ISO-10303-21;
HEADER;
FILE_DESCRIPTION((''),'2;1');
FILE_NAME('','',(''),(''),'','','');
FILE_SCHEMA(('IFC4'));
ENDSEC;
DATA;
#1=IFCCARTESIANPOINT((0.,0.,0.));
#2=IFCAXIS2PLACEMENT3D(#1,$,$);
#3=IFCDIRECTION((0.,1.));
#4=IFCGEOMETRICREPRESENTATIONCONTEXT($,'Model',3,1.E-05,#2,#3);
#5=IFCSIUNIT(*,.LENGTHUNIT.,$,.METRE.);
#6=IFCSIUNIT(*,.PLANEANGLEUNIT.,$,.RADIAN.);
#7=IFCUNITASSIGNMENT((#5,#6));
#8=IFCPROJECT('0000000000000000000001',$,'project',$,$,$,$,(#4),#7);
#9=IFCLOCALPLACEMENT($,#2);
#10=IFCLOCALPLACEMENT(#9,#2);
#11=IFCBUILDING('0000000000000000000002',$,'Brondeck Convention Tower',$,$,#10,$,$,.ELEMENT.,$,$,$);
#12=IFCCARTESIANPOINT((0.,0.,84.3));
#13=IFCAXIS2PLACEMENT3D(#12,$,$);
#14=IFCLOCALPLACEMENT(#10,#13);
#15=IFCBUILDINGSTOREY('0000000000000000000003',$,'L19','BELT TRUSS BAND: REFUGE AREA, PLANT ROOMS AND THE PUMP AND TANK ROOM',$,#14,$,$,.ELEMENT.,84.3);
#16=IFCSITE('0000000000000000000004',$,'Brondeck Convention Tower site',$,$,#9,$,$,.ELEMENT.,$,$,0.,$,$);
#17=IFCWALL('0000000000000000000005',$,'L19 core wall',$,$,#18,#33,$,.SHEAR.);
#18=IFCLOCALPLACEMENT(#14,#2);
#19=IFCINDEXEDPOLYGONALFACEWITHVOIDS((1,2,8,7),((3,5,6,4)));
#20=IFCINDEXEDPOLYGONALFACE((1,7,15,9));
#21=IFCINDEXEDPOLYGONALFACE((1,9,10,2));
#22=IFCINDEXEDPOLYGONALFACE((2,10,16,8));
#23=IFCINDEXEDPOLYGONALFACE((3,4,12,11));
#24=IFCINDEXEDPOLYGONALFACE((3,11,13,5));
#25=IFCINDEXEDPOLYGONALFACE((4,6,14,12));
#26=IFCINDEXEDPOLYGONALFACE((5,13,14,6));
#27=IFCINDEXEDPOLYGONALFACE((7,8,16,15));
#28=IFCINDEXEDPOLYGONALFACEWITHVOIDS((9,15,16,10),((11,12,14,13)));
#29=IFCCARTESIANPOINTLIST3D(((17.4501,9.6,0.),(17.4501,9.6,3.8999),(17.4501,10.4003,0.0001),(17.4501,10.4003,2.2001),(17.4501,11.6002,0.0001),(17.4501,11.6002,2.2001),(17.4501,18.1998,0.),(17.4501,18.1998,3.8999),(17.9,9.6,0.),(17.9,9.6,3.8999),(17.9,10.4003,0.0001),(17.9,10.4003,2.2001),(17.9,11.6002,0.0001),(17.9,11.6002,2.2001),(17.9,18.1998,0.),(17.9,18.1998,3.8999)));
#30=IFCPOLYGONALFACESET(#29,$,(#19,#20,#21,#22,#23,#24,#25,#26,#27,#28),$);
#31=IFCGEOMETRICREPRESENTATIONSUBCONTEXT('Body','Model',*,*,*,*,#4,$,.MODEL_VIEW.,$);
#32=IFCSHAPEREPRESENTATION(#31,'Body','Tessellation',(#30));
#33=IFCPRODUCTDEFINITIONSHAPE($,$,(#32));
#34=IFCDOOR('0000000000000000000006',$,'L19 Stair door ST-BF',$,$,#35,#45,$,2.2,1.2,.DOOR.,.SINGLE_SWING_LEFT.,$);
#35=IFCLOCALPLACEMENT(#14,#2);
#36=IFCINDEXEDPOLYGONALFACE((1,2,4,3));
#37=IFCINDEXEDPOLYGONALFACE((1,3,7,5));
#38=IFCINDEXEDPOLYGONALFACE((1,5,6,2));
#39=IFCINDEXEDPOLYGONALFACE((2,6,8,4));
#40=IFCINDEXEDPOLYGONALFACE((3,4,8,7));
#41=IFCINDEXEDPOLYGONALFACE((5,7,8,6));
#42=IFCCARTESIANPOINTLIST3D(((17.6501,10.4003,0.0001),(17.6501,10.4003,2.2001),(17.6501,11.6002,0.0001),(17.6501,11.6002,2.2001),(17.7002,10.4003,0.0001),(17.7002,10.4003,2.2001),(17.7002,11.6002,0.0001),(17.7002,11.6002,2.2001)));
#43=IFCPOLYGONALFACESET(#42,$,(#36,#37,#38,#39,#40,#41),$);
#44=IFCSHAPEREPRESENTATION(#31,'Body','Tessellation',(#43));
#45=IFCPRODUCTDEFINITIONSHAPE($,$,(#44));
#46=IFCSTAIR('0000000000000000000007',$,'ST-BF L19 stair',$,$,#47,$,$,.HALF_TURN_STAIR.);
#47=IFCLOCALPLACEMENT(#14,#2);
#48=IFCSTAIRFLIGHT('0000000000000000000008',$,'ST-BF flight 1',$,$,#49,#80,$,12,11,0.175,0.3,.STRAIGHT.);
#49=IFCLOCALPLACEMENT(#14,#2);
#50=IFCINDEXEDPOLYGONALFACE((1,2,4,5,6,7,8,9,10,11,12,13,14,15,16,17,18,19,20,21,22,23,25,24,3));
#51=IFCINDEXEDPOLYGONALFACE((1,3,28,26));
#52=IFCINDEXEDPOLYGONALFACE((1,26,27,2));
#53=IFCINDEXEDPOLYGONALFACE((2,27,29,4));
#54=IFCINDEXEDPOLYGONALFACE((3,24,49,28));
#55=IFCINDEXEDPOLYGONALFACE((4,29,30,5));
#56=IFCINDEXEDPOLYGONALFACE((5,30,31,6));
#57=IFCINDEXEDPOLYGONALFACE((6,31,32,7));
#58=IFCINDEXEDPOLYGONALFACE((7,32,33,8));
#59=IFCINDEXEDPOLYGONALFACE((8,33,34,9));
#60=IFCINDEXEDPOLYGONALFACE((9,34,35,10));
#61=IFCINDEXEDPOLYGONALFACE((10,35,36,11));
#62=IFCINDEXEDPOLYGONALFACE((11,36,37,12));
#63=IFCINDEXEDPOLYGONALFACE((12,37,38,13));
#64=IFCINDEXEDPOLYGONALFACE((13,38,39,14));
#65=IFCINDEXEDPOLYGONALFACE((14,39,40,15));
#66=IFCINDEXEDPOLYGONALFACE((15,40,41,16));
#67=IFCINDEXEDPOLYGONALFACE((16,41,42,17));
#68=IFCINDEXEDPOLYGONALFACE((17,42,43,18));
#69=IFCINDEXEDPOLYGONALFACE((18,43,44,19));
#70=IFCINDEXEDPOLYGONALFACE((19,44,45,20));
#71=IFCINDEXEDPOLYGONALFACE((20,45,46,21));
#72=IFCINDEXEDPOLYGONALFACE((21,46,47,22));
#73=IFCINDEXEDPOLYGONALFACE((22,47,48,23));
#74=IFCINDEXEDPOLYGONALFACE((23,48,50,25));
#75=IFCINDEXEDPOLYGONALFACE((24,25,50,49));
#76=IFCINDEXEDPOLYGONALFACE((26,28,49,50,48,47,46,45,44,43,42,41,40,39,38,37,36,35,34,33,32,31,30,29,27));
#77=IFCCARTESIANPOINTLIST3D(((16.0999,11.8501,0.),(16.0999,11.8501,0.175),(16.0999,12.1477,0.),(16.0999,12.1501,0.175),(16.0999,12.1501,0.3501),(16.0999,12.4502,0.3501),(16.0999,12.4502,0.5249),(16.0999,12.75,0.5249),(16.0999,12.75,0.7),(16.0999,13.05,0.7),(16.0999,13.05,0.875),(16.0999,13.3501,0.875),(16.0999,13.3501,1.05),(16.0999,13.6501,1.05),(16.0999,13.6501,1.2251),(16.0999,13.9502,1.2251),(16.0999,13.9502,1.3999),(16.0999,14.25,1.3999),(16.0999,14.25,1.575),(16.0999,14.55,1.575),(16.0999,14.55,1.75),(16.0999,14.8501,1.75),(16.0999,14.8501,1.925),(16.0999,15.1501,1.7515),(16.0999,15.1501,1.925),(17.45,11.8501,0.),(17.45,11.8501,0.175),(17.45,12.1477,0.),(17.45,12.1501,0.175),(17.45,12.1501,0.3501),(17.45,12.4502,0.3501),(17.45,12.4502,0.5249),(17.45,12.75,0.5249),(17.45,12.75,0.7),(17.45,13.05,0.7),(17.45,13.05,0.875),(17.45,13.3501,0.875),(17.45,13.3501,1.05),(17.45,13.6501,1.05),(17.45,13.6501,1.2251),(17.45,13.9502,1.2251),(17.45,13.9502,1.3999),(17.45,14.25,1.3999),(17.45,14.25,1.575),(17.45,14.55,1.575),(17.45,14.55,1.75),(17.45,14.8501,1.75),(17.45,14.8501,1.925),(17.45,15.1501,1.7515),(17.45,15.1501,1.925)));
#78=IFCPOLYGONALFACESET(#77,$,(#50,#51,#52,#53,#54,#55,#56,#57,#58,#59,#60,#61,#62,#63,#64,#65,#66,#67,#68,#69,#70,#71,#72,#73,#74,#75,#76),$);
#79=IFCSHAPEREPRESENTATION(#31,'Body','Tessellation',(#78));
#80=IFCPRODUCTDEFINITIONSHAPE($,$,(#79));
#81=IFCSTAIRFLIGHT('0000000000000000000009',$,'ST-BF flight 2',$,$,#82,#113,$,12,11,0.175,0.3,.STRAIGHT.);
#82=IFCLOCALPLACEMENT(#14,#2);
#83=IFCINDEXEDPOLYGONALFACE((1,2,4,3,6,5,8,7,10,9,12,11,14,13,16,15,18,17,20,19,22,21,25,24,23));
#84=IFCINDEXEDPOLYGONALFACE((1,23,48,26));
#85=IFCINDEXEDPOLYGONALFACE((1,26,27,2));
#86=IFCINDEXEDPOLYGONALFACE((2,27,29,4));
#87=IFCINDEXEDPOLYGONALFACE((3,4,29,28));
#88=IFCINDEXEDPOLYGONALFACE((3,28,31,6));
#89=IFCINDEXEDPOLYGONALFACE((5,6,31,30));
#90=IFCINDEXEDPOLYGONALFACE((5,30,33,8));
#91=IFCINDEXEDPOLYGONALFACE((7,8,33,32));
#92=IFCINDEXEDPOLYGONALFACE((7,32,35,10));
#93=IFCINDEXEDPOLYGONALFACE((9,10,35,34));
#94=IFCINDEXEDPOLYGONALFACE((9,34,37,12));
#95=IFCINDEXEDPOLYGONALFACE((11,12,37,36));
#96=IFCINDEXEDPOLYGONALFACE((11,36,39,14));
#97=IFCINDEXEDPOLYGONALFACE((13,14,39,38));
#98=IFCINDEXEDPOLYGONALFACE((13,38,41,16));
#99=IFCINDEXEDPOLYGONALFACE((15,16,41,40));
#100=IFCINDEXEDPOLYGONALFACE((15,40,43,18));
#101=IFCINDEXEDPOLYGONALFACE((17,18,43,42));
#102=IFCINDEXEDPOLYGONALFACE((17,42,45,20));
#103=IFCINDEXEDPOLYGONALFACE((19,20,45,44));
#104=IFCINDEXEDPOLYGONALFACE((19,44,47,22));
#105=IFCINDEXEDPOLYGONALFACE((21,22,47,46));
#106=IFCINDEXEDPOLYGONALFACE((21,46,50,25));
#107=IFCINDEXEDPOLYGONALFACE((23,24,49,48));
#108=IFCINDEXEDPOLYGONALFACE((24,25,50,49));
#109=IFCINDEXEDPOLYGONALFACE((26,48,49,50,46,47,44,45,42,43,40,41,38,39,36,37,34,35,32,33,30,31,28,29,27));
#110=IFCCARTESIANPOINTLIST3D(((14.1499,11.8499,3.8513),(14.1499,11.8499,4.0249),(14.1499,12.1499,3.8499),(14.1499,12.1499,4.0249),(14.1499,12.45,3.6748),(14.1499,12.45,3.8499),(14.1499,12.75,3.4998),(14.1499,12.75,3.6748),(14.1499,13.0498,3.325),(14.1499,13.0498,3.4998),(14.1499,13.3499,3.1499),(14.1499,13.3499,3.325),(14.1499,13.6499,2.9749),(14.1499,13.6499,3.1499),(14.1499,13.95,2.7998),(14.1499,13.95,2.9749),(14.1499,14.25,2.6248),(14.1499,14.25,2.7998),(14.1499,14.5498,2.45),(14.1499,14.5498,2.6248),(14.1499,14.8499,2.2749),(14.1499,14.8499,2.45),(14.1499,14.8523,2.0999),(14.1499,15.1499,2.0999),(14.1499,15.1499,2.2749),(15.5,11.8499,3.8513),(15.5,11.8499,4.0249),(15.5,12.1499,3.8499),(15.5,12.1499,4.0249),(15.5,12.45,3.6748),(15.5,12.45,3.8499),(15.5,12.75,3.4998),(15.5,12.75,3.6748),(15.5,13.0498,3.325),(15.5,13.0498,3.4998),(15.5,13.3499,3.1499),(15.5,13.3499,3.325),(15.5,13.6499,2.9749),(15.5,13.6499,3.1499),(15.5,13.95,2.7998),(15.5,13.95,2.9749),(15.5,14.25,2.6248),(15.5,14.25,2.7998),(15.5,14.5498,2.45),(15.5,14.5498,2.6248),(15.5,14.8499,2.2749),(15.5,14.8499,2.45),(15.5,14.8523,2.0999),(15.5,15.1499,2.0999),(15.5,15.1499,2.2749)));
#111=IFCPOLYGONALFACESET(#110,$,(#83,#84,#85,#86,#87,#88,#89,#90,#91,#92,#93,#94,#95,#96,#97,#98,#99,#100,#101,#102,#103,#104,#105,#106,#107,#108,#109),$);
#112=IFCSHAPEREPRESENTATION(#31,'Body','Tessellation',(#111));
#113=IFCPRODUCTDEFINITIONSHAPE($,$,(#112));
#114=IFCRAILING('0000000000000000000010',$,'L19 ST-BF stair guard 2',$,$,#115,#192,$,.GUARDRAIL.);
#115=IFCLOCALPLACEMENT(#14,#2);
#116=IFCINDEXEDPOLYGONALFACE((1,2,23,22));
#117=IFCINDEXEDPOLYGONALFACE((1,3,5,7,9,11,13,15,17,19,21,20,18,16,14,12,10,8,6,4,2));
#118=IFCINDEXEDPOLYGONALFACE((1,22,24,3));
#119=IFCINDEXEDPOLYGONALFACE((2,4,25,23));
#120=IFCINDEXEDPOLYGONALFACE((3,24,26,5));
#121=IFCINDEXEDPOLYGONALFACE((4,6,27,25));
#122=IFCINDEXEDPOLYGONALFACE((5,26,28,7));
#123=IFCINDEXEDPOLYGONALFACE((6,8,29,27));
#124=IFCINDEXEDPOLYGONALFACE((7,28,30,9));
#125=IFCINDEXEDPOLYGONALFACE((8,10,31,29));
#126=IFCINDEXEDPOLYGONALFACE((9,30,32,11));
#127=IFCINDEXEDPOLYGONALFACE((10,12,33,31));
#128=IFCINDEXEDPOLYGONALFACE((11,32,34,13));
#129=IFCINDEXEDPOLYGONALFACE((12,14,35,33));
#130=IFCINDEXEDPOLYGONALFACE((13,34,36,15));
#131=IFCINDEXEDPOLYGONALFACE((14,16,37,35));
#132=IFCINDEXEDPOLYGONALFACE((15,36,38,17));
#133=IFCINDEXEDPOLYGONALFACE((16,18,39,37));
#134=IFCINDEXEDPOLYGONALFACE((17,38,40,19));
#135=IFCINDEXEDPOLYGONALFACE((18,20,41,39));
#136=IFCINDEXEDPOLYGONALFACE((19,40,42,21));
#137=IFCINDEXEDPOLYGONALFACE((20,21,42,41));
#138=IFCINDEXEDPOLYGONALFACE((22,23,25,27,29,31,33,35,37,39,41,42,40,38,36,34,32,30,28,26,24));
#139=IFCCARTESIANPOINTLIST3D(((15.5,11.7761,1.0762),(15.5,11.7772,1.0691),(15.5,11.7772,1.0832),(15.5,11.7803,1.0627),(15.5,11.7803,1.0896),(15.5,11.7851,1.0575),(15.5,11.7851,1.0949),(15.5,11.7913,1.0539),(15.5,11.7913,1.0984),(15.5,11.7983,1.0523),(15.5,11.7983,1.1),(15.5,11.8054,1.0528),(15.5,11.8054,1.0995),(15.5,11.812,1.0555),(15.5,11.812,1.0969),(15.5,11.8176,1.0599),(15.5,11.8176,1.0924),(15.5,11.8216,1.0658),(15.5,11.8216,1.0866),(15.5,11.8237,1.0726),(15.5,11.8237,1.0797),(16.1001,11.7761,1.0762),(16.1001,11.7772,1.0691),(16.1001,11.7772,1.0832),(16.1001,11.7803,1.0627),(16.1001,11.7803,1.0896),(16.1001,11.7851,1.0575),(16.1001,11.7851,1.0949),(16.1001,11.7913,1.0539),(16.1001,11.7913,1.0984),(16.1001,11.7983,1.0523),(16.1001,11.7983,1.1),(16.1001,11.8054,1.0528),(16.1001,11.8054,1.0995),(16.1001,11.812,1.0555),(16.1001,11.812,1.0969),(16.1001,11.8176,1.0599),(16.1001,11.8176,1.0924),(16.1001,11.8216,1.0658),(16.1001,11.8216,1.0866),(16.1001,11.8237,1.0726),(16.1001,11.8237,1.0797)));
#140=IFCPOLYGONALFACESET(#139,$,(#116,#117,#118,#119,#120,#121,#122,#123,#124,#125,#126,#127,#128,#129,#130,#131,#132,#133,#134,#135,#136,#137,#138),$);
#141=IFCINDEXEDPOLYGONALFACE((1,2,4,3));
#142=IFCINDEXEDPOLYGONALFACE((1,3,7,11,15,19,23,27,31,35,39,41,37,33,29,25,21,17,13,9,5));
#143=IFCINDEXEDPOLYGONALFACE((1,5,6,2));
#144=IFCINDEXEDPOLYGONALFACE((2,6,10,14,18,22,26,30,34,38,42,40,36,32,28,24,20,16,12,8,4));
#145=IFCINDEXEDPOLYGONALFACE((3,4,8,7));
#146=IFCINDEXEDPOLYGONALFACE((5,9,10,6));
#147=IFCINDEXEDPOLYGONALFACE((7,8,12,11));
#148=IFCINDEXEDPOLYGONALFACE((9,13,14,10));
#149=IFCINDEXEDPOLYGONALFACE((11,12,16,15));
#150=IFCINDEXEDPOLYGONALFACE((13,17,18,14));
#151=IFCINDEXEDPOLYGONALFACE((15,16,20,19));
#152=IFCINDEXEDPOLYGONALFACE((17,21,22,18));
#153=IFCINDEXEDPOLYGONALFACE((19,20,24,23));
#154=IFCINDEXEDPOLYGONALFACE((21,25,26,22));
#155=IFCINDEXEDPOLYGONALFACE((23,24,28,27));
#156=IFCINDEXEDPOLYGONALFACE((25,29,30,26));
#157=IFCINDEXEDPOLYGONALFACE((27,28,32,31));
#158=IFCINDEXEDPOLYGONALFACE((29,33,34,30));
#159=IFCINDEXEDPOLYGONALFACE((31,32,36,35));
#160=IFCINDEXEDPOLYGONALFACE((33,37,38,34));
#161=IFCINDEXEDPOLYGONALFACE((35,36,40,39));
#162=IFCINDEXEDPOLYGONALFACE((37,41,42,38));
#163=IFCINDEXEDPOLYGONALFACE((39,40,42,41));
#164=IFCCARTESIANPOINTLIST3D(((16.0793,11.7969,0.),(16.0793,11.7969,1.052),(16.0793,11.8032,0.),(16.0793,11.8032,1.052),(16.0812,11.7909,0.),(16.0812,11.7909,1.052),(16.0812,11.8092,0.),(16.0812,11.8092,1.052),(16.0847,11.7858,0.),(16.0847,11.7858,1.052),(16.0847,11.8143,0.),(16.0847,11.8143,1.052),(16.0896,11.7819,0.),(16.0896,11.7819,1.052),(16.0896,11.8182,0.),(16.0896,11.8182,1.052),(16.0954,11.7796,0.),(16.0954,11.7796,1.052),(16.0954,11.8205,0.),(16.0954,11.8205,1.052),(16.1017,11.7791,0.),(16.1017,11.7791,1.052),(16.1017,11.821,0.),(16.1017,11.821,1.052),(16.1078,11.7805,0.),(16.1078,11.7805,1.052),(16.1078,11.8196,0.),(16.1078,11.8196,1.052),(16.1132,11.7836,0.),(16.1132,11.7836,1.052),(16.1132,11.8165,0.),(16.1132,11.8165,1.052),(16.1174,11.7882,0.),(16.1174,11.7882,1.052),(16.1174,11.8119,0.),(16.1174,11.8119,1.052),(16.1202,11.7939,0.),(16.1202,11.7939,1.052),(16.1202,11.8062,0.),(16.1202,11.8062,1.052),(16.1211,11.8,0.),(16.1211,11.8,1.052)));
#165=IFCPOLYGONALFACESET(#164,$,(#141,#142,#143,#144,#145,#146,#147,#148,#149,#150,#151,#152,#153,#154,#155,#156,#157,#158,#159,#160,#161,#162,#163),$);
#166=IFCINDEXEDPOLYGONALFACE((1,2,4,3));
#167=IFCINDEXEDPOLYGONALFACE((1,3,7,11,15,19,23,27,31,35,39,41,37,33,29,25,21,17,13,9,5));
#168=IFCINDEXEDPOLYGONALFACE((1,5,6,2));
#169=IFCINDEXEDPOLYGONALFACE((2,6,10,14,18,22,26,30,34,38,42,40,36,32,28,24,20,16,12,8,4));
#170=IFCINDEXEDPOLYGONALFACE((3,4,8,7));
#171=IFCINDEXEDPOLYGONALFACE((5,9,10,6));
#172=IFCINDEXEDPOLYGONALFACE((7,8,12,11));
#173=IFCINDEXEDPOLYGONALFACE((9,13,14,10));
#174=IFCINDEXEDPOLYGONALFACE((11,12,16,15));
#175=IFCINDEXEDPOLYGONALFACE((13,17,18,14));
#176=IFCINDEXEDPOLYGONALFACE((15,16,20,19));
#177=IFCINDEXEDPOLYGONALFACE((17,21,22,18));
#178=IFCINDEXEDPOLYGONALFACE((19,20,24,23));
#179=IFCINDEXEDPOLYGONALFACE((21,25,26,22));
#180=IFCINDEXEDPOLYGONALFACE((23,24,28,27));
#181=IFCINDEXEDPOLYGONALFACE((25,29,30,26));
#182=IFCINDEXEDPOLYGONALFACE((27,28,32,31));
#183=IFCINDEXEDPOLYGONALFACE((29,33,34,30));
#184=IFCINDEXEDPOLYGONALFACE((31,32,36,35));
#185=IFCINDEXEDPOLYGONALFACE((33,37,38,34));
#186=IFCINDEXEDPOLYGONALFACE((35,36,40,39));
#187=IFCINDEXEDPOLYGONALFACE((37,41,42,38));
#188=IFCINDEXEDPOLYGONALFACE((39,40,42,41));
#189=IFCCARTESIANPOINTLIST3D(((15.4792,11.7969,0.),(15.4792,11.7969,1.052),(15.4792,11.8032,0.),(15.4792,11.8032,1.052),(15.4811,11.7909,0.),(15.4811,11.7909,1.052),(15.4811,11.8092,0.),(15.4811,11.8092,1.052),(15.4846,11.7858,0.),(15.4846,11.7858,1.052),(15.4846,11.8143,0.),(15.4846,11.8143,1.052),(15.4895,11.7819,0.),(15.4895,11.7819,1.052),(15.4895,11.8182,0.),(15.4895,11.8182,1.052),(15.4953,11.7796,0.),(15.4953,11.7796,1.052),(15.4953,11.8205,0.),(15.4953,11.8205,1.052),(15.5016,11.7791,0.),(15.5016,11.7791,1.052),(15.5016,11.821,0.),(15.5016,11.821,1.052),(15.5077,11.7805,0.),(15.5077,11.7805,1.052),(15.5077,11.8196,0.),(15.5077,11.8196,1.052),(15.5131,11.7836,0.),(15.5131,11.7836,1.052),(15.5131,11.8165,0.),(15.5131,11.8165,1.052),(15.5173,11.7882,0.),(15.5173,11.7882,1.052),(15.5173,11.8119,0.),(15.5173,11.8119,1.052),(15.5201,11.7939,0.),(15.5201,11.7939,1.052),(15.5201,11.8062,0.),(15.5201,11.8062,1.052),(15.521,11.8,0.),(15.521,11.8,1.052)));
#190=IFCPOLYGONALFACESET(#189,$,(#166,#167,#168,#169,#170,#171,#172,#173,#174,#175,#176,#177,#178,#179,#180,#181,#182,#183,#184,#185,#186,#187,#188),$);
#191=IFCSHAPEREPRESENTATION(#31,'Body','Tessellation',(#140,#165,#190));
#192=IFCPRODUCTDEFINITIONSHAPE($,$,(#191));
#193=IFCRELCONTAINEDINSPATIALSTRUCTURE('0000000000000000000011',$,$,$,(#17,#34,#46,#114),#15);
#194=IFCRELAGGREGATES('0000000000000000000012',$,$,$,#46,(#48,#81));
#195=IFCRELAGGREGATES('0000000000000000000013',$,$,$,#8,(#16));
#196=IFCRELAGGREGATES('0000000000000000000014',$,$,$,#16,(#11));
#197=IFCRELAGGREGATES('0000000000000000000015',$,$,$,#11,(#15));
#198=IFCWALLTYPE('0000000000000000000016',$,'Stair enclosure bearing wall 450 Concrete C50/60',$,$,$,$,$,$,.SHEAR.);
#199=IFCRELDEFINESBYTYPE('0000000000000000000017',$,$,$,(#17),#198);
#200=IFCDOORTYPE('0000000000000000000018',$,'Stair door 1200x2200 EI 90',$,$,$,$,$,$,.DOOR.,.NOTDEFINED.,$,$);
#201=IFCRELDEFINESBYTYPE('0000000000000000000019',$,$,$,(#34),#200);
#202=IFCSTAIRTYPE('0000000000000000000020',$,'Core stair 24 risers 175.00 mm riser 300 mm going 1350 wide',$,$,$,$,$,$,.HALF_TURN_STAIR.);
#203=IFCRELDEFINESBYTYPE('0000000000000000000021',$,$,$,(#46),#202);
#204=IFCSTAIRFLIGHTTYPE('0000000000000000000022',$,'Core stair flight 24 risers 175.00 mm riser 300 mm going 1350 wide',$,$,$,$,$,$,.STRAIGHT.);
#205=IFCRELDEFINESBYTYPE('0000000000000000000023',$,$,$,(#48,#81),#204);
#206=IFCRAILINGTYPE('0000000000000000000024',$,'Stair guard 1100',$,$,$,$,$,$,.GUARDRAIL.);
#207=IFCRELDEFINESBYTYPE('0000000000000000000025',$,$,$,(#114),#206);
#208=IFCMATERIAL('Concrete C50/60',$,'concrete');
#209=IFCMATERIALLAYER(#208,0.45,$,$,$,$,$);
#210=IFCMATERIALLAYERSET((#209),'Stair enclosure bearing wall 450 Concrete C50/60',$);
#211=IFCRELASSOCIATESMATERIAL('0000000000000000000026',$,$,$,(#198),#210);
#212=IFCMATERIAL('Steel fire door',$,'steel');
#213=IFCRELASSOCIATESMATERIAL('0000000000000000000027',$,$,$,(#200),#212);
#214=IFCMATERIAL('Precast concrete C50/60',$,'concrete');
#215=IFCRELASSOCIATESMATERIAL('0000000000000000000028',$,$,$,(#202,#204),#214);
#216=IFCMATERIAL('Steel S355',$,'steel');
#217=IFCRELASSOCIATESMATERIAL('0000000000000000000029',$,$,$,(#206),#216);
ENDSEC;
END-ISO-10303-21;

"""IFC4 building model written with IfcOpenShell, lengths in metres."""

from ifc_helpers import new_model, si_unit, direction, frame, frame_2d, origin, origin_2d, place, context, subcontext, project, spatial, polyline, rectangle, circle, outline, extrude, material, layer, layer_set, type_object, element, fill, aggregate, save


model = new_model("IFC4")

# Units and contexts
model_context = context("Model", 3, precision=1e-05, world=origin(), true_north=direction((0.0, 1.0)))
body_context = subcontext(model_context, "Body", "Model", "MODEL_VIEW")
ifc_project = project(units=[si_unit("LENGTHUNIT", "METRE"), si_unit("PLANEANGLEUNIT", "RADIAN")], contexts=[model_context])

# Site, building, storey
site_placement = place(None, origin())
site = spatial("IfcSite", under=ifc_project, at=site_placement, Name="Brondeck Convention Tower site", CompositionType="ELEMENT", RefElevation=0.0)
building_placement = place(site_placement, origin())
building = spatial("IfcBuilding", under=site, at=building_placement, Name="Brondeck Convention Tower", CompositionType="ELEMENT")
storey_placement = place(building_placement, frame((0.0, 0.0, 84.3)))
storey = spatial("IfcBuildingStorey", under=building, at=storey_placement, Name="L19", Description="BELT TRUSS BAND: REFUGE AREA, PLANT ROOMS AND THE PUMP AND TANK ROOM", CompositionType="ELEMENT", Elevation=84.3)

# Shared definitions
ifc_material_1 = material(Name="Steel S355", Category="steel")

# Shared definitions
ifc_material_2 = material(Name="Concrete C50/60", Category="concrete")
ifc_layer_1 = layer(ifc_material_2, 0.45)
ifc_layer_set_1 = layer_set([ifc_layer_1], Name="Stair enclosure bearing wall 450 Concrete C50/60")
wall_type_1 = type_object("IfcWallType", Name="Stair enclosure bearing wall 450 Concrete C50/60", PredefinedType="SHEAR", material=ifc_layer_set_1)

# Wall, opening, door
ifc_material_3 = material(Name="Steel fire door", Category="steel")
door_type = type_object("IfcDoorType", Name="Stair door 1200x2200 EI 90", OperationType="NOTDEFINED", PredefinedType="DOOR", material=ifc_material_3)
wall_1_placement = place(storey_placement, frame((17.675, 9.6001, 0.0), z_axis=(0.0, 0.0, 1.0), x_axis=(0.0, 1.0, 0.0)))
wall_1 = element("IfcWall", 1, at=wall_1_placement, inside=storey, type_object=wall_type_1, Name="L19 core wall", PredefinedType="SHEAR", context=body_context, shape_type="SweptSolid", body=[
    extrude(rectangle(XDim=8.5999, YDim=0.45, at=frame_2d((4.2998, 0.0))), origin(), (0.0, 0.0, 1.0), 3.8999),
])
opening_1_placement = place(wall_1_placement, frame((0.8, 0.0, 0.0)))
opening_1 = element("IfcOpeningElement", 2, at=opening_1_placement, cuts=wall_1, PredefinedType="OPENING", context=body_context, shape_type="SweptSolid", body=[
    extrude(rectangle(XDim=1.2, YDim=2.2, at=frame_2d((0.6001, 1.1001))), frame((0.0, 0.2349, 0.0), z_axis=(0.0, -1.0, 0.0), x_axis=(1.0, 0.0, 0.0)), (0.0, 0.0, 1.0), 0.47),
])
door_1_placement = place(opening_1_placement, origin())
door_1 = element("IfcDoor", 3, at=door_1_placement, inside=storey, type_object=door_type, Name="L19 Stair door ST-BF", OperationType="SINGLE_SWING_LEFT", OverallHeight=2.2, OverallWidth=1.2, PredefinedType="DOOR", context=body_context, shape_type="SweptSolid", body=[
    extrude(rectangle(XDim=1.2, YDim=2.2, at=frame_2d((0.6001, 1.1001))), frame((0.0, 0.0249, 0.0), z_axis=(0.0, -1.0, 0.0), x_axis=(1.0, 0.0, 0.0)), (0.0, 0.0, 1.0), 0.05),
])
fill(opening_1, door_1)

# Stair, stair flights
ifc_material_4 = material(Name="Precast concrete C50/60", Category="concrete")
stair_type = type_object("IfcStairType", Name="Core stair 24 risers 175.00 mm riser 300 mm going 1350 wide", PredefinedType="HALF_TURN_STAIR", material=ifc_material_4)
stair_placement = place(storey_placement, origin())
stair = element("IfcStair", 4, at=stair_placement, inside=storey, type_object=stair_type, Name="ST-BF L19 stair", PredefinedType="HALF_TURN_STAIR")
stair_flight_type = type_object("IfcStairFlightType", Name="Core stair flight 24 risers 175.00 mm riser 300 mm going 1350 wide", PredefinedType="STRAIGHT", material=ifc_material_4)
stair_flight_1_placement = place(storey_placement, frame((16.7749, 11.8501, 0.0), z_axis=(0.0, 0.0, 1.0), x_axis=(0.0, 1.0, 0.0)))
stair_flight_1 = element("IfcStairFlight", 5, at=stair_flight_1_placement, type_object=stair_flight_type, Name="ST-BF flight 1", NumberOfRisers=12, NumberOfTreads=11, PredefinedType="STRAIGHT", RiserHeight=0.175, TreadLength=0.3, context=body_context, shape_type="SweptSolid", body=[
    extrude(outline(polyline([(0.0, 0.0), (0.0, 0.175), (0.3, 0.175), (0.3, 0.3501), (0.6001, 0.3501), (0.6001, 0.5249), (0.8999, 0.5249), (0.8999, 0.7), (1.2, 0.7), (1.2, 0.875), (1.5, 0.875), (1.5, 1.05), (1.8, 1.05), (1.8, 1.2251), (2.1001, 1.2251), (2.1001, 1.3999), (2.3999, 1.3999), (2.3999, 1.575), (2.7, 1.575), (2.7, 1.75), (3.0, 1.75), (3.0, 1.925), (3.3, 1.925), (3.3, 2.1001), (3.3, 1.7515), (0.2976, 0.0), (0.0, 0.0)])), frame((0.0, 0.675, 0.0), z_axis=(0.0, -1.0, 0.0), x_axis=(1.0, 0.0, 0.0)), (0.0, 0.0, 1.0), 1.3501),
])
stair_flight_2_placement = place(storey_placement, frame((14.825, 15.1499, 2.0999), z_axis=(0.0, 0.0, 1.0), x_axis=(0.0, -1.0, 0.0)))
stair_flight_2 = element("IfcStairFlight", 6, at=stair_flight_2_placement, type_object=stair_flight_type, Name="ST-BF flight 2", NumberOfRisers=12, NumberOfTreads=11, PredefinedType="STRAIGHT", RiserHeight=0.175, TreadLength=0.3, context=body_context, shape_type="SweptSolid", body=[
    extrude(outline(polyline([(0.0, 0.0), (0.0, 0.175), (0.3, 0.175), (0.3, 0.3501), (0.6001, 0.3501), (0.6001, 0.5249), (0.8999, 0.5249), (0.8999, 0.7), (1.2, 0.7), (1.2, 0.875), (1.5, 0.875), (1.5, 1.05), (1.8, 1.05), (1.8, 1.2251), (2.1001, 1.2251), (2.1001, 1.3999), (2.3999, 1.3999), (2.3999, 1.575), (2.7, 1.575), (2.7, 1.75), (3.0, 1.75), (3.0, 1.925), (3.3, 1.925), (3.3, 2.1001), (3.3, 1.7515), (0.2976, 0.0), (0.0, 0.0)])), frame((0.0, 0.675, 0.0), z_axis=(0.0, -1.0, 0.0), x_axis=(1.0, 0.0, 0.0)), (0.0, 0.0, 1.0), 1.3501),
])
aggregate(stair, [stair_flight_1, stair_flight_2])

# Railing
railing_type_1 = type_object("IfcRailingType", Name="Stair guard 1100", PredefinedType="GUARDRAIL", material=ifc_material_1)
railing_1_placement = place(storey_placement, frame((16.1001, 11.8, 0.0)))
element("IfcRailing", 7, at=railing_1_placement, inside=storey, type_object=railing_type_1, Name="L19 ST-BF stair guard 2", PredefinedType="GUARDRAIL", context=body_context, shape_type="SweptSolid", body=[
    extrude(circle(Radius=0.0239, at=origin_2d()), frame((0.0, 0.0, 1.0762), z_axis=(-1.0, 0.0, 0.0), x_axis=(0.0, -1.0, 0.0)), (0.0, 0.0, 1.0), 0.6001),
    extrude(circle(Radius=0.021, at=origin_2d()), origin(), (0.0, 0.0, 1.0), 1.052),
    extrude(circle(Radius=0.021, at=origin_2d()), frame((-0.6001, 0.0, 0.0)), (0.0, 0.0, 1.0), 1.052),
])

save(model, "model.ifc")
